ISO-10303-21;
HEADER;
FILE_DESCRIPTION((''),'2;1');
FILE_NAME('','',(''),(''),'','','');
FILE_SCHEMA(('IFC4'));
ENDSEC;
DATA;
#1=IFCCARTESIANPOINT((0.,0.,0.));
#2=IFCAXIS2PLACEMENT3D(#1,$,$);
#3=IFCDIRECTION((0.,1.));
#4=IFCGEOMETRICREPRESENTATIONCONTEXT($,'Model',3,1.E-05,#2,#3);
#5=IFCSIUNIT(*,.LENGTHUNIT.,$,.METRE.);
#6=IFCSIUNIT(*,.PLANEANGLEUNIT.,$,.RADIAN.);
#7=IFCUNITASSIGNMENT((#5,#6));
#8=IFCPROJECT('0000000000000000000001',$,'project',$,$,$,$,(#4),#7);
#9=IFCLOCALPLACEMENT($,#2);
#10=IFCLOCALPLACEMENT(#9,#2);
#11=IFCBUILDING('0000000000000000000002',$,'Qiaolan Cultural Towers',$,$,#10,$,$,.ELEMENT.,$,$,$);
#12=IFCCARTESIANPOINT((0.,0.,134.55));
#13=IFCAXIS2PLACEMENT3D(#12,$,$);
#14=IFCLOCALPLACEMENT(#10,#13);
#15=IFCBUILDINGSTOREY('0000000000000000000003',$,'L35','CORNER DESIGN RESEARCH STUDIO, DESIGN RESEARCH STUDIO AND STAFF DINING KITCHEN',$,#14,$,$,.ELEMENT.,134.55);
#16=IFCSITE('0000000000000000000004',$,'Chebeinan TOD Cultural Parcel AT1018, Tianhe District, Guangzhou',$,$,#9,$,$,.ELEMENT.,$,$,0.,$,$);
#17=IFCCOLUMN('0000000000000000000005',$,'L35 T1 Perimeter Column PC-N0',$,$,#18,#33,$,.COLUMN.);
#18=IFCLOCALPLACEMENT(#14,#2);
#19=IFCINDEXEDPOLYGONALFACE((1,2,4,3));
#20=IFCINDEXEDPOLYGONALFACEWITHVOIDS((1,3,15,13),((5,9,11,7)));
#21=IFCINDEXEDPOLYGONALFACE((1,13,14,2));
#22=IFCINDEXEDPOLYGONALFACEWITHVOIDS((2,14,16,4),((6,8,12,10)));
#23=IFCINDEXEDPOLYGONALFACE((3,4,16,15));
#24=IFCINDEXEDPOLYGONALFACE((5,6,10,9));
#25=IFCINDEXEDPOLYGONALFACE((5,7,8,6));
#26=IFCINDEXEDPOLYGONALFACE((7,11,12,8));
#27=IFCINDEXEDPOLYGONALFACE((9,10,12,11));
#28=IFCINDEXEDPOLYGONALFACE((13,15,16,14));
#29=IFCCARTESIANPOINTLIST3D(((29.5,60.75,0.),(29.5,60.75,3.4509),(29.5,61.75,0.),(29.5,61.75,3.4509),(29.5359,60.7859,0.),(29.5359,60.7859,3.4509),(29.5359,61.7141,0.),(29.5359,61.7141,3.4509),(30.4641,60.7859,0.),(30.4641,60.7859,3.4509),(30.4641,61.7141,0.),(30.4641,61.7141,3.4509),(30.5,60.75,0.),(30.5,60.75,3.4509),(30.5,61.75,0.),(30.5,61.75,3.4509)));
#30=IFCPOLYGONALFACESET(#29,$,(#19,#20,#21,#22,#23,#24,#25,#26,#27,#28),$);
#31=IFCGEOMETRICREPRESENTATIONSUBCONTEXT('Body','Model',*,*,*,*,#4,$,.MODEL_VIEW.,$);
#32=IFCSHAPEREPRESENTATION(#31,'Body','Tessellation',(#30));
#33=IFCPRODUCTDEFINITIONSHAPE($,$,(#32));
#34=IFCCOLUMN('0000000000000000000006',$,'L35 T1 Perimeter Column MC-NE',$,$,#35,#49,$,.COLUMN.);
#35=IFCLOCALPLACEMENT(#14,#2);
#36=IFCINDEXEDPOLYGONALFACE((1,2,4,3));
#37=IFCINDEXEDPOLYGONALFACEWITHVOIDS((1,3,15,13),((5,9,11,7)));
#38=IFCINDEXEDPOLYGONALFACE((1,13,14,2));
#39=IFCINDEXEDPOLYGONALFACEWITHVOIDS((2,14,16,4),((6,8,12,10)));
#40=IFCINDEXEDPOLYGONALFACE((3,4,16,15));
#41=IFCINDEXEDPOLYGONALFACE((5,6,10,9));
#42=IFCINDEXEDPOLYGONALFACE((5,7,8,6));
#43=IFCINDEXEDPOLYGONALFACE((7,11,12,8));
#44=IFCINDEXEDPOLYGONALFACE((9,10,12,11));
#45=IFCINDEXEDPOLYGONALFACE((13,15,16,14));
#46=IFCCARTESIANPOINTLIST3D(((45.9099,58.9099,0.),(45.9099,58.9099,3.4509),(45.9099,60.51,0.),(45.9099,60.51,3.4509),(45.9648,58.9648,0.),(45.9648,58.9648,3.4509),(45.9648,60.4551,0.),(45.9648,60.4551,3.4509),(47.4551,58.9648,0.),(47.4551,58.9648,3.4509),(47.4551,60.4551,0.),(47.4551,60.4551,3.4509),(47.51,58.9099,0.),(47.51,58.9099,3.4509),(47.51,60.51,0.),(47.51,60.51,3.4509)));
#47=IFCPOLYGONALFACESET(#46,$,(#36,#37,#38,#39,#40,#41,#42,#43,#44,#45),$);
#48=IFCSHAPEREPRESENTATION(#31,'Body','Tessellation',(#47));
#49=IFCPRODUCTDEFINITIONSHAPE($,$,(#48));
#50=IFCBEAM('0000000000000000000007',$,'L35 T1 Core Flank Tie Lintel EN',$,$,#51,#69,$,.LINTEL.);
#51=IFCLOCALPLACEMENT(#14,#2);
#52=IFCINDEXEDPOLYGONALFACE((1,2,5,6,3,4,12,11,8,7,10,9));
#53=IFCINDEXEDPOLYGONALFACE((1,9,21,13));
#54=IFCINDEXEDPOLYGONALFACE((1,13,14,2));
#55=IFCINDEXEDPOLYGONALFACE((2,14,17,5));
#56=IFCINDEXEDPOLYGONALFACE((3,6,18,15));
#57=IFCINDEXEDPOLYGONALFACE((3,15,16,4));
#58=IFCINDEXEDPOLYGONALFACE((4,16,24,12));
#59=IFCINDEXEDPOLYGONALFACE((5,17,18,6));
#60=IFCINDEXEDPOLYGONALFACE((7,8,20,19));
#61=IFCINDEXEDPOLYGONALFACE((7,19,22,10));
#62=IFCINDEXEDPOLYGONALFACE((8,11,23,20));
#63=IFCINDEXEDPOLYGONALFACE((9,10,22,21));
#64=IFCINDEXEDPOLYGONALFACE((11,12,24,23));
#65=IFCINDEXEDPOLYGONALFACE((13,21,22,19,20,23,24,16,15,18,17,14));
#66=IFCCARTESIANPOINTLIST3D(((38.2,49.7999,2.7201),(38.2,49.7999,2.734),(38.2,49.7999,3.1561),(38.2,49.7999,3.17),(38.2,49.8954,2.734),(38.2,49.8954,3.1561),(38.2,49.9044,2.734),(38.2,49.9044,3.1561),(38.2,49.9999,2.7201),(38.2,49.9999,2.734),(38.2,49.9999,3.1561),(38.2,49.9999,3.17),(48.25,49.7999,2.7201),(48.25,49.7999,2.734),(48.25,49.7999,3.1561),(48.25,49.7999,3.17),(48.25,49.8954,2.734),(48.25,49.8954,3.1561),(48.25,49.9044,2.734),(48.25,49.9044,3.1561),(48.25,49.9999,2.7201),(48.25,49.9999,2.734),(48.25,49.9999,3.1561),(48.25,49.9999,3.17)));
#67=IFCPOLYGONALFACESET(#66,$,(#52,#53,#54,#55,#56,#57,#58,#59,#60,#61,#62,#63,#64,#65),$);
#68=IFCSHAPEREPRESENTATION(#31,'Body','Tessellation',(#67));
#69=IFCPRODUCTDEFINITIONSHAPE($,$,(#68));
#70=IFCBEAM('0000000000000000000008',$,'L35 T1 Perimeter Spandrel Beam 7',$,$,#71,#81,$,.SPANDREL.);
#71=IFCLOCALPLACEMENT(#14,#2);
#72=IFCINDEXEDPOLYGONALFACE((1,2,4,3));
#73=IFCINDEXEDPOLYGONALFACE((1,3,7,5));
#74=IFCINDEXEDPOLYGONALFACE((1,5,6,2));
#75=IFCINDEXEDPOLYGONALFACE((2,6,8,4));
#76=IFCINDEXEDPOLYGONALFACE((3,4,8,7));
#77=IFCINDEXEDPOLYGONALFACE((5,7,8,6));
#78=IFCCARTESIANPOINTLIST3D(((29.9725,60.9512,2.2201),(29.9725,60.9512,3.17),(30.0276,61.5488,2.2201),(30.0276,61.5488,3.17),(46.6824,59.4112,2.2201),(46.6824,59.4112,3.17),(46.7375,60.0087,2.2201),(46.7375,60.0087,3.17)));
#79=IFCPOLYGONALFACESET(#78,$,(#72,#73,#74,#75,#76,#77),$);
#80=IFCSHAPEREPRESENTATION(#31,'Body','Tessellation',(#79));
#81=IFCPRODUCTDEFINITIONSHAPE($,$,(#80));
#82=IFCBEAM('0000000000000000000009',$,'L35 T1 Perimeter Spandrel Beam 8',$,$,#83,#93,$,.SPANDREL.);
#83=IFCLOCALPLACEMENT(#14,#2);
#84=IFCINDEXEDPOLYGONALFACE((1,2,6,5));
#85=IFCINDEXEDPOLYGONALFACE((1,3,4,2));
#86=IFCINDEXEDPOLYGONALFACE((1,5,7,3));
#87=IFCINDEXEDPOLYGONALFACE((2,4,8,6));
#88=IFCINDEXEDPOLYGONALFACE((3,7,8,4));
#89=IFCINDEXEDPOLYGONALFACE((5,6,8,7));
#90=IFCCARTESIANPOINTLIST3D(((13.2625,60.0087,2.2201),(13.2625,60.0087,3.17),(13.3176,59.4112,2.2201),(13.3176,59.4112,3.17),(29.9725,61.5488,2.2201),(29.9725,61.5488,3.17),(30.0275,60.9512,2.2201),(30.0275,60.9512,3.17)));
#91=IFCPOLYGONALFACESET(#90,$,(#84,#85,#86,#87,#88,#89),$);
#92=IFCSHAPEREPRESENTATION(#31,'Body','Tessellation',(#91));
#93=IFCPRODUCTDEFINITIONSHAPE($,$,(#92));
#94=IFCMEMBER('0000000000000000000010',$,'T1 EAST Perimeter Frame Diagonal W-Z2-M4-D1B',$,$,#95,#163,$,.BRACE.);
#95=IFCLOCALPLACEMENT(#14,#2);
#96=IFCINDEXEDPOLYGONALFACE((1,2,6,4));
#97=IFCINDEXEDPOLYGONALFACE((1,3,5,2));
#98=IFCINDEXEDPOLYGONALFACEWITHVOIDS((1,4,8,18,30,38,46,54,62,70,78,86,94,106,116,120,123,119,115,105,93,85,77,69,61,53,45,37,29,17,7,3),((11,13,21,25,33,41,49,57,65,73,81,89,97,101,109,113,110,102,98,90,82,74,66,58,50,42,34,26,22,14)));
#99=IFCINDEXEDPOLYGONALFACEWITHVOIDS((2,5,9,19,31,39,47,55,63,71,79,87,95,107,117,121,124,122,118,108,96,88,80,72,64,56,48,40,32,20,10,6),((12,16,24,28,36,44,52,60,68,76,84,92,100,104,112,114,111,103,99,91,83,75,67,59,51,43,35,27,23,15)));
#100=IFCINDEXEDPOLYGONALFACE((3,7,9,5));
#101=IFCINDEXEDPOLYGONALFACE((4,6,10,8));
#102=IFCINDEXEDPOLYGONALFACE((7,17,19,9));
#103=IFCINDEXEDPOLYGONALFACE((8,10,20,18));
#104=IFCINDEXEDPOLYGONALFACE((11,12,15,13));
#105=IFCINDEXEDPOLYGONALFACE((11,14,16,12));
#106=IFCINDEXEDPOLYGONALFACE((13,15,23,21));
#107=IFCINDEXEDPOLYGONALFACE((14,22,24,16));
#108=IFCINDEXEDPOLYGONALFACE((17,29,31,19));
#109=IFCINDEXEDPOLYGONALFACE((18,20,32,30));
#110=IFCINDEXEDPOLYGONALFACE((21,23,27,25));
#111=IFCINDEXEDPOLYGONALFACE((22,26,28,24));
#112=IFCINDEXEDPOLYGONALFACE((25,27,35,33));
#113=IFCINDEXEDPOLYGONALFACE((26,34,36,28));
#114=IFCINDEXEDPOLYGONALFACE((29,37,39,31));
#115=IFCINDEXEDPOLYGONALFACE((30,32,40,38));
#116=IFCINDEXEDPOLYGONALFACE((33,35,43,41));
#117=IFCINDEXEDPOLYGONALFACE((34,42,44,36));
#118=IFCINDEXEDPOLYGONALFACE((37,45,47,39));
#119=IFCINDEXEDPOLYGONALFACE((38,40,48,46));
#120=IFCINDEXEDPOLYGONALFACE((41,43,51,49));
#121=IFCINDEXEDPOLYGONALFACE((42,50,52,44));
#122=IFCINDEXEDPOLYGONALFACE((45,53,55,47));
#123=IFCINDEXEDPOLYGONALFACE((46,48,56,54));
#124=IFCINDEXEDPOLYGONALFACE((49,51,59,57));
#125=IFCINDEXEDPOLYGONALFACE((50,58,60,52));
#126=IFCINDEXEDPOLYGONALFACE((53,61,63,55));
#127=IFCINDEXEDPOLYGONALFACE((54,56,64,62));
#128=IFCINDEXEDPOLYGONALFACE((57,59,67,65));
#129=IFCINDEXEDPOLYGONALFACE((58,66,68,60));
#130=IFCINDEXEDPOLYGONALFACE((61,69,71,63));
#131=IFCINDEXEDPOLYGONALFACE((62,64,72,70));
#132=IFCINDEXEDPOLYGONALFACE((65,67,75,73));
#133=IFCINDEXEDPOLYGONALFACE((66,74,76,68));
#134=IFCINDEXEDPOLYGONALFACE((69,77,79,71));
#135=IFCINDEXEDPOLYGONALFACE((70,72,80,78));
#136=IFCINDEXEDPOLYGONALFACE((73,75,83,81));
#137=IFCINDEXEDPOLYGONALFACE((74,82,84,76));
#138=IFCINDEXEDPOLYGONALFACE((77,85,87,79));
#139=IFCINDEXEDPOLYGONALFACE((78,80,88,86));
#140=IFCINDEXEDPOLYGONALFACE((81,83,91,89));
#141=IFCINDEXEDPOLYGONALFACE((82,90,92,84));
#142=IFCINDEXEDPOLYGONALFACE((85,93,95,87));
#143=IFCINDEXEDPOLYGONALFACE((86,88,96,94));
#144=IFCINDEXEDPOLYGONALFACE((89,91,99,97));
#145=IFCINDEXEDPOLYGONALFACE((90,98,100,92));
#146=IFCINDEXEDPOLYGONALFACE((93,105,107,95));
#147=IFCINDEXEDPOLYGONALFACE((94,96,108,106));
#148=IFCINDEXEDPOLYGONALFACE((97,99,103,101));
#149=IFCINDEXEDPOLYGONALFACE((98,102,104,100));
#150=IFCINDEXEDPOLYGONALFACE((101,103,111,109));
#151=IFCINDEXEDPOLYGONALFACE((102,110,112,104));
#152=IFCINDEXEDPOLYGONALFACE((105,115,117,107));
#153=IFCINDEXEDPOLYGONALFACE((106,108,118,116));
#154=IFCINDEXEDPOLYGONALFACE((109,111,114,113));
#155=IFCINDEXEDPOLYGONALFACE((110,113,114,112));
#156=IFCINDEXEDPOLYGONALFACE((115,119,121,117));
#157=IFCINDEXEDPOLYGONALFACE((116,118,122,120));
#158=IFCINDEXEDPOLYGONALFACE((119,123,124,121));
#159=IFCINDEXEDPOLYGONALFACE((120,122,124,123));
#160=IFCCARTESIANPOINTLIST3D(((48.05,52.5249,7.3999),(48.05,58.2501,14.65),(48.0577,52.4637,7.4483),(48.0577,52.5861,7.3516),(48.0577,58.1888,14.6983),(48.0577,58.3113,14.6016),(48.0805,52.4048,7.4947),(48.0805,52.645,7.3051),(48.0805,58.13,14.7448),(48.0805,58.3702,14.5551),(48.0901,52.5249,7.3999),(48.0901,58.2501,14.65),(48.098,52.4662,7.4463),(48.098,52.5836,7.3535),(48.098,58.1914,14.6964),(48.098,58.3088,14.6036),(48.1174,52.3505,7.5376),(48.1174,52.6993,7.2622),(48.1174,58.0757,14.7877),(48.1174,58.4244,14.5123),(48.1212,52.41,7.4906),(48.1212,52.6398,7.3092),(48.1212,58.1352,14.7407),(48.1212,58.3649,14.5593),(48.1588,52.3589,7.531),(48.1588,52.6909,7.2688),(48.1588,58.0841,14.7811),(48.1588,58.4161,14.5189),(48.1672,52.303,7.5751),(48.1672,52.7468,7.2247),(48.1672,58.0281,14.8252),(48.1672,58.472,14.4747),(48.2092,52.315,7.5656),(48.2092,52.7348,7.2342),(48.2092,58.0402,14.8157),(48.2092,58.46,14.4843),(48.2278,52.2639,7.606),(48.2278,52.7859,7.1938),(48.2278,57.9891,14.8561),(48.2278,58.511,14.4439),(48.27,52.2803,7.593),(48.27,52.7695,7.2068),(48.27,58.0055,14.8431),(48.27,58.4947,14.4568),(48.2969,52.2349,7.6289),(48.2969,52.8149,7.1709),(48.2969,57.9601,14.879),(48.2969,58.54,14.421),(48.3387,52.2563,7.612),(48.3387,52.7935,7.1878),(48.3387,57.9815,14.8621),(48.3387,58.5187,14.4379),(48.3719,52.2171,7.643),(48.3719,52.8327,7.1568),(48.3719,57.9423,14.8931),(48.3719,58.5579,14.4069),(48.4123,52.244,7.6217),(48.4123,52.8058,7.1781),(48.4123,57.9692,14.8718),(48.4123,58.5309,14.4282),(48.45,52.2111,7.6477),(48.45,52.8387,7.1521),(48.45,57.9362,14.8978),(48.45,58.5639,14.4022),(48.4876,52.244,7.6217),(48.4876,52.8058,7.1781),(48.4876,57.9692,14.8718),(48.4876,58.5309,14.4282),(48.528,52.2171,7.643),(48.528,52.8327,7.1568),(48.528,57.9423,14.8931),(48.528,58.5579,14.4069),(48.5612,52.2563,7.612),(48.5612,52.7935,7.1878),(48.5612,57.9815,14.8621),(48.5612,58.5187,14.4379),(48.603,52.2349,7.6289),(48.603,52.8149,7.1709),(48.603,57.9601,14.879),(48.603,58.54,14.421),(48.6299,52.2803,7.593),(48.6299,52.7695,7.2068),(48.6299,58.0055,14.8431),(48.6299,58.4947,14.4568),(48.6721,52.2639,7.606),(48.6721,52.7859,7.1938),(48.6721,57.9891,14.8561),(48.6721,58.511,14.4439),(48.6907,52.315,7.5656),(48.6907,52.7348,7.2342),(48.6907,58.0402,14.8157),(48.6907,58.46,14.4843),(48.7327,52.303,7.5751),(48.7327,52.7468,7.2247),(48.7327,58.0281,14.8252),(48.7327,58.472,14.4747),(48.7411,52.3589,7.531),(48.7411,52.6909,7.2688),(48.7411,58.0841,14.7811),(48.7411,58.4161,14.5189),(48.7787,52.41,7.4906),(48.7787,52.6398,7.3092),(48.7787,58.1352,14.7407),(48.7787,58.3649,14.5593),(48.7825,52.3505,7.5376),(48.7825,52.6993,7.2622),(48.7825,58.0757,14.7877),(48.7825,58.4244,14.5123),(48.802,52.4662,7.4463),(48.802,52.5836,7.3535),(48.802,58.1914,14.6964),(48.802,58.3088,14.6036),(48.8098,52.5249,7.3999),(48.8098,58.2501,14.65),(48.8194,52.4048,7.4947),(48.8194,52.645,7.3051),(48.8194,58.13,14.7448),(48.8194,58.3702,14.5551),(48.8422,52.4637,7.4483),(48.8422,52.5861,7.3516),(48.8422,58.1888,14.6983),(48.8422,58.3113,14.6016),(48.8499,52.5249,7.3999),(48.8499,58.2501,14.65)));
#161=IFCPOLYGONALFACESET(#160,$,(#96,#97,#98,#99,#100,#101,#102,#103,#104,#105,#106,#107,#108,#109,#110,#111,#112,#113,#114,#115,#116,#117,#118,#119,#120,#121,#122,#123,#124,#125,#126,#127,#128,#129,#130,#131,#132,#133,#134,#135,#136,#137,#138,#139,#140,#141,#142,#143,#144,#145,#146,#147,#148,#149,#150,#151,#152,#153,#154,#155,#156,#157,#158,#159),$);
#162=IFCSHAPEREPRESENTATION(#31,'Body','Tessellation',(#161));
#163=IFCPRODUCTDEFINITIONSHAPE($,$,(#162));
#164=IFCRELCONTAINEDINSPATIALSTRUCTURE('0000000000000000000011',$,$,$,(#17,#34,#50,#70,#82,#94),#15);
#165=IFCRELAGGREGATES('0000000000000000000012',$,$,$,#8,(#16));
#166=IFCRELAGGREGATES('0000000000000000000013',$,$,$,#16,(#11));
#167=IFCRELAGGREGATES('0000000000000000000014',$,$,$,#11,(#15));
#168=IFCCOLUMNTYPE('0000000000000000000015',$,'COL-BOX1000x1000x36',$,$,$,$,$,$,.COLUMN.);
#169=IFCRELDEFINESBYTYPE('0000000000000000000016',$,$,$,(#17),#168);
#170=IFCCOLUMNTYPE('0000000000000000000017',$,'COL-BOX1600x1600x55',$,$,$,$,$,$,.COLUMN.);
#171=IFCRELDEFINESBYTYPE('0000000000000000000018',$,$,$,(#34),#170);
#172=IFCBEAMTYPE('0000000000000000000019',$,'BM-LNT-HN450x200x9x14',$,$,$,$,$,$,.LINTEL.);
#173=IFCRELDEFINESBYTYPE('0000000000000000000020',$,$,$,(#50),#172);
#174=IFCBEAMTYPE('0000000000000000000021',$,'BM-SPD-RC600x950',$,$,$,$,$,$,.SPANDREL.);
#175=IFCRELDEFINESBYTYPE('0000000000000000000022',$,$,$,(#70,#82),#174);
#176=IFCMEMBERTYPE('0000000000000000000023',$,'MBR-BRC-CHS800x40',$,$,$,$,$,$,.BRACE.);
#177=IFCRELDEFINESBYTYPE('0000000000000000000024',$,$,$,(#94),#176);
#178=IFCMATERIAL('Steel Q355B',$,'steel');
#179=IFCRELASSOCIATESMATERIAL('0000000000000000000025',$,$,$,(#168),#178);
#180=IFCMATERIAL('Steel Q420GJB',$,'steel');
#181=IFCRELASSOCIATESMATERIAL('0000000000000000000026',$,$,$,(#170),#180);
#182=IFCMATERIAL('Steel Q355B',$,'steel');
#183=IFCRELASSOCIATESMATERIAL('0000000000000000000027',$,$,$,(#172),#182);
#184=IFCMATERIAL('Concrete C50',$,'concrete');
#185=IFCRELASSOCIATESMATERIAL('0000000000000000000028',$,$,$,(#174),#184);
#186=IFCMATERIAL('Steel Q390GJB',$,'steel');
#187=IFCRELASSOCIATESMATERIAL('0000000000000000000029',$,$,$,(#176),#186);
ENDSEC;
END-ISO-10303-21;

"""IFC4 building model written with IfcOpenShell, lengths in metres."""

from ifc_helpers import new_model, si_unit, direction, frame, origin, origin_2d, place, context, subcontext, project, spatial, rectangle, hollow_rectangle, hollow_circle, i_section, extrude, material, material_profile, profile_set, type_object, element, save


model = new_model("IFC4")

# Units and contexts
model_context = context("Model", 3, precision=1e-05, world=origin(), true_north=direction((0.0, 1.0)))
body_context = subcontext(model_context, "Body", "Model", "MODEL_VIEW")
ifc_project = project(units=[si_unit("LENGTHUNIT", "METRE"), si_unit("PLANEANGLEUNIT", "RADIAN")], contexts=[model_context])

# Site, building, storey
site_placement = place(None, origin())
site = spatial("IfcSite", under=ifc_project, at=site_placement, Name="Chebeinan TOD Cultural Parcel AT1018, Tianhe District, Guangzhou", CompositionType="ELEMENT", RefElevation=0.0)
building_placement = place(site_placement, origin())
building = spatial("IfcBuilding", under=site, at=building_placement, Name="Qiaolan Cultural Towers", CompositionType="ELEMENT")
storey_placement = place(building_placement, frame((0.0, 0.0, 134.55)))
storey = spatial("IfcBuildingStorey", under=building, at=storey_placement, Name="L35", Description="CORNER DESIGN RESEARCH STUDIO, DESIGN RESEARCH STUDIO AND STAFF DINING KITCHEN", CompositionType="ELEMENT", Elevation=134.55)

# Columns
ifc_material_1 = material(Name="Steel Q355B", Category="steel")
ifc_material_profile_1 = material_profile(ifc_material_1, hollow_rectangle(XDim=1.0, YDim=1.0, WallThickness=0.0359, at=origin_2d()), Name="BOX1000x1000x36")
ifc_profile_set_1 = profile_set([ifc_material_profile_1], Name="Steel Q355B")
column_type_1 = type_object("IfcColumnType", Name="COL-BOX1000x1000x36", PredefinedType="COLUMN", material=ifc_profile_set_1)
column_1_placement = place(storey_placement, frame((30.0, 61.25, 0.0), z_axis=(0.0, 0.0, 1.0), x_axis=(1.0, 0.0, 0.0)))
element("IfcColumn", 1, at=column_1_placement, inside=storey, type_object=column_type_1, Name="L35 T1 Perimeter Column PC-N0", PredefinedType="COLUMN", context=body_context, shape_type="SweptSolid", body=[
    extrude(hollow_rectangle(XDim=1.0, YDim=1.0, WallThickness=0.0359, at=origin_2d()), origin(), (0.0, 0.0, 1.0), 3.4509),
])
ifc_material_2 = material(Name="Steel Q420GJB", Category="steel")
ifc_material_profile_2 = material_profile(ifc_material_2, hollow_rectangle(XDim=1.6001, YDim=1.6001, WallThickness=0.0549, at=origin_2d()), Name="BOX1600x1600x55")
ifc_profile_set_2 = profile_set([ifc_material_profile_2], Name="Steel Q420GJB")
column_type_2 = type_object("IfcColumnType", Name="COL-BOX1600x1600x55", PredefinedType="COLUMN", material=ifc_profile_set_2)
column_2_placement = place(storey_placement, frame((46.71, 59.71, 0.0), z_axis=(0.0, 0.0, 1.0), x_axis=(1.0, 0.0, 0.0)))
element("IfcColumn", 2, at=column_2_placement, inside=storey, type_object=column_type_2, Name="L35 T1 Perimeter Column MC-NE", PredefinedType="COLUMN", context=body_context, shape_type="SweptSolid", body=[
    extrude(hollow_rectangle(XDim=1.6001, YDim=1.6001, WallThickness=0.0549, at=origin_2d()), origin(), (0.0, 0.0, 1.0), 3.4509),
])

# Beams
ifc_material_3 = material(Name="Steel Q355B", Category="steel")
ifc_material_profile_3 = material_profile(ifc_material_3, i_section(OverallWidth=0.2, OverallDepth=0.45, WebThickness=0.009, FlangeThickness=0.0139, at=origin_2d()), Name="HN450x200x9x14")
ifc_profile_set_3 = profile_set([ifc_material_profile_3], Name="Steel Q355B")
beam_type_1 = type_object("IfcBeamType", Name="BM-LNT-HN450x200x9x14", PredefinedType="LINTEL", material=ifc_profile_set_3)
beam_placement = place(storey_placement, frame((38.2, 49.8999, 2.9451), z_axis=(1.0, 0.0, 0.0), x_axis=(0.0, 1.0, 0.0)))
element("IfcBeam", 3, at=beam_placement, inside=storey, type_object=beam_type_1, Name="L35 T1 Core Flank Tie Lintel EN", PredefinedType="LINTEL", context=body_context, shape_type="SweptSolid", body=[
    extrude(i_section(OverallWidth=0.2, OverallDepth=0.45, WebThickness=0.009, FlangeThickness=0.0139, at=origin_2d()), origin(), (0.0, 0.0, 1.0), 10.05),
])
ifc_material_4 = material(Name="Concrete C50", Category="concrete")
ifc_material_profile_4 = material_profile(ifc_material_4, rectangle(XDim=0.6001, YDim=0.95, at=origin_2d()), Name="RC600x950")
ifc_profile_set_4 = profile_set([ifc_material_profile_4], Name="Concrete C50")
beam_type_2 = type_object("IfcBeamType", Name="BM-SPD-RC600x950", PredefinedType="SPANDREL", material=ifc_profile_set_4)
for number, where, z_axis, x_axis, name in (
    (4, (46.71, 59.71, 2.6951), (-0.99578, 0.091774, 0.0), (-0.091774, -0.99578, 0.0), "L35 T1 Perimeter Spandrel Beam 7"),
    (5, (30.0, 61.25, 2.6951), (-0.99578, -0.091774, 0.0), (0.091774, -0.99578, 0.0), "L35 T1 Perimeter Spandrel Beam 8"),
):
    element("IfcBeam", number, at=place(storey_placement, frame(where, z_axis=z_axis, x_axis=x_axis)), inside=storey, type_object=beam_type_2, Name=name, PredefinedType="SPANDREL", context=body_context, shape_type="SweptSolid", body=[
        extrude(rectangle(XDim=0.6001, YDim=0.95, at=origin_2d()), origin(), (0.0, 0.0, 1.0), 16.7808),
    ])

# Member
ifc_material_5 = material(Name="Steel Q390GJB", Category="steel")
ifc_material_profile_5 = material_profile(ifc_material_5, hollow_circle(Radius=0.3999, WallThickness=0.04, at=origin_2d()), Name="CHS800x40")
ifc_profile_set_5 = profile_set([ifc_material_profile_5], Name="Steel Q390GJB")
member_type = type_object("IfcMemberType", Name="MBR-BRC-CHS800x40", PredefinedType="BRACE", material=ifc_profile_set_5)
for number, where, z_axis, x_axis, name in (
    (6, (48.45, 52.5249, 7.3999), (0.0, 0.619739, 0.784808), (-1.0, 0.0, 0.0), "T1 EAST Perimeter Frame Diagonal W-Z2-M4-D1B"),
):
    element("IfcMember", number, at=place(storey_placement, frame(where, z_axis=z_axis, x_axis=x_axis)), inside=storey, type_object=member_type, Name=name, PredefinedType="BRACE", context=body_context, shape_type="SweptSolid", body=[
        extrude(hollow_circle(Radius=0.3999, WallThickness=0.04, at=origin_2d()), origin(), (0.0, 0.0, 1.0), 9.238),
    ])

save(model, "model.ifc")
